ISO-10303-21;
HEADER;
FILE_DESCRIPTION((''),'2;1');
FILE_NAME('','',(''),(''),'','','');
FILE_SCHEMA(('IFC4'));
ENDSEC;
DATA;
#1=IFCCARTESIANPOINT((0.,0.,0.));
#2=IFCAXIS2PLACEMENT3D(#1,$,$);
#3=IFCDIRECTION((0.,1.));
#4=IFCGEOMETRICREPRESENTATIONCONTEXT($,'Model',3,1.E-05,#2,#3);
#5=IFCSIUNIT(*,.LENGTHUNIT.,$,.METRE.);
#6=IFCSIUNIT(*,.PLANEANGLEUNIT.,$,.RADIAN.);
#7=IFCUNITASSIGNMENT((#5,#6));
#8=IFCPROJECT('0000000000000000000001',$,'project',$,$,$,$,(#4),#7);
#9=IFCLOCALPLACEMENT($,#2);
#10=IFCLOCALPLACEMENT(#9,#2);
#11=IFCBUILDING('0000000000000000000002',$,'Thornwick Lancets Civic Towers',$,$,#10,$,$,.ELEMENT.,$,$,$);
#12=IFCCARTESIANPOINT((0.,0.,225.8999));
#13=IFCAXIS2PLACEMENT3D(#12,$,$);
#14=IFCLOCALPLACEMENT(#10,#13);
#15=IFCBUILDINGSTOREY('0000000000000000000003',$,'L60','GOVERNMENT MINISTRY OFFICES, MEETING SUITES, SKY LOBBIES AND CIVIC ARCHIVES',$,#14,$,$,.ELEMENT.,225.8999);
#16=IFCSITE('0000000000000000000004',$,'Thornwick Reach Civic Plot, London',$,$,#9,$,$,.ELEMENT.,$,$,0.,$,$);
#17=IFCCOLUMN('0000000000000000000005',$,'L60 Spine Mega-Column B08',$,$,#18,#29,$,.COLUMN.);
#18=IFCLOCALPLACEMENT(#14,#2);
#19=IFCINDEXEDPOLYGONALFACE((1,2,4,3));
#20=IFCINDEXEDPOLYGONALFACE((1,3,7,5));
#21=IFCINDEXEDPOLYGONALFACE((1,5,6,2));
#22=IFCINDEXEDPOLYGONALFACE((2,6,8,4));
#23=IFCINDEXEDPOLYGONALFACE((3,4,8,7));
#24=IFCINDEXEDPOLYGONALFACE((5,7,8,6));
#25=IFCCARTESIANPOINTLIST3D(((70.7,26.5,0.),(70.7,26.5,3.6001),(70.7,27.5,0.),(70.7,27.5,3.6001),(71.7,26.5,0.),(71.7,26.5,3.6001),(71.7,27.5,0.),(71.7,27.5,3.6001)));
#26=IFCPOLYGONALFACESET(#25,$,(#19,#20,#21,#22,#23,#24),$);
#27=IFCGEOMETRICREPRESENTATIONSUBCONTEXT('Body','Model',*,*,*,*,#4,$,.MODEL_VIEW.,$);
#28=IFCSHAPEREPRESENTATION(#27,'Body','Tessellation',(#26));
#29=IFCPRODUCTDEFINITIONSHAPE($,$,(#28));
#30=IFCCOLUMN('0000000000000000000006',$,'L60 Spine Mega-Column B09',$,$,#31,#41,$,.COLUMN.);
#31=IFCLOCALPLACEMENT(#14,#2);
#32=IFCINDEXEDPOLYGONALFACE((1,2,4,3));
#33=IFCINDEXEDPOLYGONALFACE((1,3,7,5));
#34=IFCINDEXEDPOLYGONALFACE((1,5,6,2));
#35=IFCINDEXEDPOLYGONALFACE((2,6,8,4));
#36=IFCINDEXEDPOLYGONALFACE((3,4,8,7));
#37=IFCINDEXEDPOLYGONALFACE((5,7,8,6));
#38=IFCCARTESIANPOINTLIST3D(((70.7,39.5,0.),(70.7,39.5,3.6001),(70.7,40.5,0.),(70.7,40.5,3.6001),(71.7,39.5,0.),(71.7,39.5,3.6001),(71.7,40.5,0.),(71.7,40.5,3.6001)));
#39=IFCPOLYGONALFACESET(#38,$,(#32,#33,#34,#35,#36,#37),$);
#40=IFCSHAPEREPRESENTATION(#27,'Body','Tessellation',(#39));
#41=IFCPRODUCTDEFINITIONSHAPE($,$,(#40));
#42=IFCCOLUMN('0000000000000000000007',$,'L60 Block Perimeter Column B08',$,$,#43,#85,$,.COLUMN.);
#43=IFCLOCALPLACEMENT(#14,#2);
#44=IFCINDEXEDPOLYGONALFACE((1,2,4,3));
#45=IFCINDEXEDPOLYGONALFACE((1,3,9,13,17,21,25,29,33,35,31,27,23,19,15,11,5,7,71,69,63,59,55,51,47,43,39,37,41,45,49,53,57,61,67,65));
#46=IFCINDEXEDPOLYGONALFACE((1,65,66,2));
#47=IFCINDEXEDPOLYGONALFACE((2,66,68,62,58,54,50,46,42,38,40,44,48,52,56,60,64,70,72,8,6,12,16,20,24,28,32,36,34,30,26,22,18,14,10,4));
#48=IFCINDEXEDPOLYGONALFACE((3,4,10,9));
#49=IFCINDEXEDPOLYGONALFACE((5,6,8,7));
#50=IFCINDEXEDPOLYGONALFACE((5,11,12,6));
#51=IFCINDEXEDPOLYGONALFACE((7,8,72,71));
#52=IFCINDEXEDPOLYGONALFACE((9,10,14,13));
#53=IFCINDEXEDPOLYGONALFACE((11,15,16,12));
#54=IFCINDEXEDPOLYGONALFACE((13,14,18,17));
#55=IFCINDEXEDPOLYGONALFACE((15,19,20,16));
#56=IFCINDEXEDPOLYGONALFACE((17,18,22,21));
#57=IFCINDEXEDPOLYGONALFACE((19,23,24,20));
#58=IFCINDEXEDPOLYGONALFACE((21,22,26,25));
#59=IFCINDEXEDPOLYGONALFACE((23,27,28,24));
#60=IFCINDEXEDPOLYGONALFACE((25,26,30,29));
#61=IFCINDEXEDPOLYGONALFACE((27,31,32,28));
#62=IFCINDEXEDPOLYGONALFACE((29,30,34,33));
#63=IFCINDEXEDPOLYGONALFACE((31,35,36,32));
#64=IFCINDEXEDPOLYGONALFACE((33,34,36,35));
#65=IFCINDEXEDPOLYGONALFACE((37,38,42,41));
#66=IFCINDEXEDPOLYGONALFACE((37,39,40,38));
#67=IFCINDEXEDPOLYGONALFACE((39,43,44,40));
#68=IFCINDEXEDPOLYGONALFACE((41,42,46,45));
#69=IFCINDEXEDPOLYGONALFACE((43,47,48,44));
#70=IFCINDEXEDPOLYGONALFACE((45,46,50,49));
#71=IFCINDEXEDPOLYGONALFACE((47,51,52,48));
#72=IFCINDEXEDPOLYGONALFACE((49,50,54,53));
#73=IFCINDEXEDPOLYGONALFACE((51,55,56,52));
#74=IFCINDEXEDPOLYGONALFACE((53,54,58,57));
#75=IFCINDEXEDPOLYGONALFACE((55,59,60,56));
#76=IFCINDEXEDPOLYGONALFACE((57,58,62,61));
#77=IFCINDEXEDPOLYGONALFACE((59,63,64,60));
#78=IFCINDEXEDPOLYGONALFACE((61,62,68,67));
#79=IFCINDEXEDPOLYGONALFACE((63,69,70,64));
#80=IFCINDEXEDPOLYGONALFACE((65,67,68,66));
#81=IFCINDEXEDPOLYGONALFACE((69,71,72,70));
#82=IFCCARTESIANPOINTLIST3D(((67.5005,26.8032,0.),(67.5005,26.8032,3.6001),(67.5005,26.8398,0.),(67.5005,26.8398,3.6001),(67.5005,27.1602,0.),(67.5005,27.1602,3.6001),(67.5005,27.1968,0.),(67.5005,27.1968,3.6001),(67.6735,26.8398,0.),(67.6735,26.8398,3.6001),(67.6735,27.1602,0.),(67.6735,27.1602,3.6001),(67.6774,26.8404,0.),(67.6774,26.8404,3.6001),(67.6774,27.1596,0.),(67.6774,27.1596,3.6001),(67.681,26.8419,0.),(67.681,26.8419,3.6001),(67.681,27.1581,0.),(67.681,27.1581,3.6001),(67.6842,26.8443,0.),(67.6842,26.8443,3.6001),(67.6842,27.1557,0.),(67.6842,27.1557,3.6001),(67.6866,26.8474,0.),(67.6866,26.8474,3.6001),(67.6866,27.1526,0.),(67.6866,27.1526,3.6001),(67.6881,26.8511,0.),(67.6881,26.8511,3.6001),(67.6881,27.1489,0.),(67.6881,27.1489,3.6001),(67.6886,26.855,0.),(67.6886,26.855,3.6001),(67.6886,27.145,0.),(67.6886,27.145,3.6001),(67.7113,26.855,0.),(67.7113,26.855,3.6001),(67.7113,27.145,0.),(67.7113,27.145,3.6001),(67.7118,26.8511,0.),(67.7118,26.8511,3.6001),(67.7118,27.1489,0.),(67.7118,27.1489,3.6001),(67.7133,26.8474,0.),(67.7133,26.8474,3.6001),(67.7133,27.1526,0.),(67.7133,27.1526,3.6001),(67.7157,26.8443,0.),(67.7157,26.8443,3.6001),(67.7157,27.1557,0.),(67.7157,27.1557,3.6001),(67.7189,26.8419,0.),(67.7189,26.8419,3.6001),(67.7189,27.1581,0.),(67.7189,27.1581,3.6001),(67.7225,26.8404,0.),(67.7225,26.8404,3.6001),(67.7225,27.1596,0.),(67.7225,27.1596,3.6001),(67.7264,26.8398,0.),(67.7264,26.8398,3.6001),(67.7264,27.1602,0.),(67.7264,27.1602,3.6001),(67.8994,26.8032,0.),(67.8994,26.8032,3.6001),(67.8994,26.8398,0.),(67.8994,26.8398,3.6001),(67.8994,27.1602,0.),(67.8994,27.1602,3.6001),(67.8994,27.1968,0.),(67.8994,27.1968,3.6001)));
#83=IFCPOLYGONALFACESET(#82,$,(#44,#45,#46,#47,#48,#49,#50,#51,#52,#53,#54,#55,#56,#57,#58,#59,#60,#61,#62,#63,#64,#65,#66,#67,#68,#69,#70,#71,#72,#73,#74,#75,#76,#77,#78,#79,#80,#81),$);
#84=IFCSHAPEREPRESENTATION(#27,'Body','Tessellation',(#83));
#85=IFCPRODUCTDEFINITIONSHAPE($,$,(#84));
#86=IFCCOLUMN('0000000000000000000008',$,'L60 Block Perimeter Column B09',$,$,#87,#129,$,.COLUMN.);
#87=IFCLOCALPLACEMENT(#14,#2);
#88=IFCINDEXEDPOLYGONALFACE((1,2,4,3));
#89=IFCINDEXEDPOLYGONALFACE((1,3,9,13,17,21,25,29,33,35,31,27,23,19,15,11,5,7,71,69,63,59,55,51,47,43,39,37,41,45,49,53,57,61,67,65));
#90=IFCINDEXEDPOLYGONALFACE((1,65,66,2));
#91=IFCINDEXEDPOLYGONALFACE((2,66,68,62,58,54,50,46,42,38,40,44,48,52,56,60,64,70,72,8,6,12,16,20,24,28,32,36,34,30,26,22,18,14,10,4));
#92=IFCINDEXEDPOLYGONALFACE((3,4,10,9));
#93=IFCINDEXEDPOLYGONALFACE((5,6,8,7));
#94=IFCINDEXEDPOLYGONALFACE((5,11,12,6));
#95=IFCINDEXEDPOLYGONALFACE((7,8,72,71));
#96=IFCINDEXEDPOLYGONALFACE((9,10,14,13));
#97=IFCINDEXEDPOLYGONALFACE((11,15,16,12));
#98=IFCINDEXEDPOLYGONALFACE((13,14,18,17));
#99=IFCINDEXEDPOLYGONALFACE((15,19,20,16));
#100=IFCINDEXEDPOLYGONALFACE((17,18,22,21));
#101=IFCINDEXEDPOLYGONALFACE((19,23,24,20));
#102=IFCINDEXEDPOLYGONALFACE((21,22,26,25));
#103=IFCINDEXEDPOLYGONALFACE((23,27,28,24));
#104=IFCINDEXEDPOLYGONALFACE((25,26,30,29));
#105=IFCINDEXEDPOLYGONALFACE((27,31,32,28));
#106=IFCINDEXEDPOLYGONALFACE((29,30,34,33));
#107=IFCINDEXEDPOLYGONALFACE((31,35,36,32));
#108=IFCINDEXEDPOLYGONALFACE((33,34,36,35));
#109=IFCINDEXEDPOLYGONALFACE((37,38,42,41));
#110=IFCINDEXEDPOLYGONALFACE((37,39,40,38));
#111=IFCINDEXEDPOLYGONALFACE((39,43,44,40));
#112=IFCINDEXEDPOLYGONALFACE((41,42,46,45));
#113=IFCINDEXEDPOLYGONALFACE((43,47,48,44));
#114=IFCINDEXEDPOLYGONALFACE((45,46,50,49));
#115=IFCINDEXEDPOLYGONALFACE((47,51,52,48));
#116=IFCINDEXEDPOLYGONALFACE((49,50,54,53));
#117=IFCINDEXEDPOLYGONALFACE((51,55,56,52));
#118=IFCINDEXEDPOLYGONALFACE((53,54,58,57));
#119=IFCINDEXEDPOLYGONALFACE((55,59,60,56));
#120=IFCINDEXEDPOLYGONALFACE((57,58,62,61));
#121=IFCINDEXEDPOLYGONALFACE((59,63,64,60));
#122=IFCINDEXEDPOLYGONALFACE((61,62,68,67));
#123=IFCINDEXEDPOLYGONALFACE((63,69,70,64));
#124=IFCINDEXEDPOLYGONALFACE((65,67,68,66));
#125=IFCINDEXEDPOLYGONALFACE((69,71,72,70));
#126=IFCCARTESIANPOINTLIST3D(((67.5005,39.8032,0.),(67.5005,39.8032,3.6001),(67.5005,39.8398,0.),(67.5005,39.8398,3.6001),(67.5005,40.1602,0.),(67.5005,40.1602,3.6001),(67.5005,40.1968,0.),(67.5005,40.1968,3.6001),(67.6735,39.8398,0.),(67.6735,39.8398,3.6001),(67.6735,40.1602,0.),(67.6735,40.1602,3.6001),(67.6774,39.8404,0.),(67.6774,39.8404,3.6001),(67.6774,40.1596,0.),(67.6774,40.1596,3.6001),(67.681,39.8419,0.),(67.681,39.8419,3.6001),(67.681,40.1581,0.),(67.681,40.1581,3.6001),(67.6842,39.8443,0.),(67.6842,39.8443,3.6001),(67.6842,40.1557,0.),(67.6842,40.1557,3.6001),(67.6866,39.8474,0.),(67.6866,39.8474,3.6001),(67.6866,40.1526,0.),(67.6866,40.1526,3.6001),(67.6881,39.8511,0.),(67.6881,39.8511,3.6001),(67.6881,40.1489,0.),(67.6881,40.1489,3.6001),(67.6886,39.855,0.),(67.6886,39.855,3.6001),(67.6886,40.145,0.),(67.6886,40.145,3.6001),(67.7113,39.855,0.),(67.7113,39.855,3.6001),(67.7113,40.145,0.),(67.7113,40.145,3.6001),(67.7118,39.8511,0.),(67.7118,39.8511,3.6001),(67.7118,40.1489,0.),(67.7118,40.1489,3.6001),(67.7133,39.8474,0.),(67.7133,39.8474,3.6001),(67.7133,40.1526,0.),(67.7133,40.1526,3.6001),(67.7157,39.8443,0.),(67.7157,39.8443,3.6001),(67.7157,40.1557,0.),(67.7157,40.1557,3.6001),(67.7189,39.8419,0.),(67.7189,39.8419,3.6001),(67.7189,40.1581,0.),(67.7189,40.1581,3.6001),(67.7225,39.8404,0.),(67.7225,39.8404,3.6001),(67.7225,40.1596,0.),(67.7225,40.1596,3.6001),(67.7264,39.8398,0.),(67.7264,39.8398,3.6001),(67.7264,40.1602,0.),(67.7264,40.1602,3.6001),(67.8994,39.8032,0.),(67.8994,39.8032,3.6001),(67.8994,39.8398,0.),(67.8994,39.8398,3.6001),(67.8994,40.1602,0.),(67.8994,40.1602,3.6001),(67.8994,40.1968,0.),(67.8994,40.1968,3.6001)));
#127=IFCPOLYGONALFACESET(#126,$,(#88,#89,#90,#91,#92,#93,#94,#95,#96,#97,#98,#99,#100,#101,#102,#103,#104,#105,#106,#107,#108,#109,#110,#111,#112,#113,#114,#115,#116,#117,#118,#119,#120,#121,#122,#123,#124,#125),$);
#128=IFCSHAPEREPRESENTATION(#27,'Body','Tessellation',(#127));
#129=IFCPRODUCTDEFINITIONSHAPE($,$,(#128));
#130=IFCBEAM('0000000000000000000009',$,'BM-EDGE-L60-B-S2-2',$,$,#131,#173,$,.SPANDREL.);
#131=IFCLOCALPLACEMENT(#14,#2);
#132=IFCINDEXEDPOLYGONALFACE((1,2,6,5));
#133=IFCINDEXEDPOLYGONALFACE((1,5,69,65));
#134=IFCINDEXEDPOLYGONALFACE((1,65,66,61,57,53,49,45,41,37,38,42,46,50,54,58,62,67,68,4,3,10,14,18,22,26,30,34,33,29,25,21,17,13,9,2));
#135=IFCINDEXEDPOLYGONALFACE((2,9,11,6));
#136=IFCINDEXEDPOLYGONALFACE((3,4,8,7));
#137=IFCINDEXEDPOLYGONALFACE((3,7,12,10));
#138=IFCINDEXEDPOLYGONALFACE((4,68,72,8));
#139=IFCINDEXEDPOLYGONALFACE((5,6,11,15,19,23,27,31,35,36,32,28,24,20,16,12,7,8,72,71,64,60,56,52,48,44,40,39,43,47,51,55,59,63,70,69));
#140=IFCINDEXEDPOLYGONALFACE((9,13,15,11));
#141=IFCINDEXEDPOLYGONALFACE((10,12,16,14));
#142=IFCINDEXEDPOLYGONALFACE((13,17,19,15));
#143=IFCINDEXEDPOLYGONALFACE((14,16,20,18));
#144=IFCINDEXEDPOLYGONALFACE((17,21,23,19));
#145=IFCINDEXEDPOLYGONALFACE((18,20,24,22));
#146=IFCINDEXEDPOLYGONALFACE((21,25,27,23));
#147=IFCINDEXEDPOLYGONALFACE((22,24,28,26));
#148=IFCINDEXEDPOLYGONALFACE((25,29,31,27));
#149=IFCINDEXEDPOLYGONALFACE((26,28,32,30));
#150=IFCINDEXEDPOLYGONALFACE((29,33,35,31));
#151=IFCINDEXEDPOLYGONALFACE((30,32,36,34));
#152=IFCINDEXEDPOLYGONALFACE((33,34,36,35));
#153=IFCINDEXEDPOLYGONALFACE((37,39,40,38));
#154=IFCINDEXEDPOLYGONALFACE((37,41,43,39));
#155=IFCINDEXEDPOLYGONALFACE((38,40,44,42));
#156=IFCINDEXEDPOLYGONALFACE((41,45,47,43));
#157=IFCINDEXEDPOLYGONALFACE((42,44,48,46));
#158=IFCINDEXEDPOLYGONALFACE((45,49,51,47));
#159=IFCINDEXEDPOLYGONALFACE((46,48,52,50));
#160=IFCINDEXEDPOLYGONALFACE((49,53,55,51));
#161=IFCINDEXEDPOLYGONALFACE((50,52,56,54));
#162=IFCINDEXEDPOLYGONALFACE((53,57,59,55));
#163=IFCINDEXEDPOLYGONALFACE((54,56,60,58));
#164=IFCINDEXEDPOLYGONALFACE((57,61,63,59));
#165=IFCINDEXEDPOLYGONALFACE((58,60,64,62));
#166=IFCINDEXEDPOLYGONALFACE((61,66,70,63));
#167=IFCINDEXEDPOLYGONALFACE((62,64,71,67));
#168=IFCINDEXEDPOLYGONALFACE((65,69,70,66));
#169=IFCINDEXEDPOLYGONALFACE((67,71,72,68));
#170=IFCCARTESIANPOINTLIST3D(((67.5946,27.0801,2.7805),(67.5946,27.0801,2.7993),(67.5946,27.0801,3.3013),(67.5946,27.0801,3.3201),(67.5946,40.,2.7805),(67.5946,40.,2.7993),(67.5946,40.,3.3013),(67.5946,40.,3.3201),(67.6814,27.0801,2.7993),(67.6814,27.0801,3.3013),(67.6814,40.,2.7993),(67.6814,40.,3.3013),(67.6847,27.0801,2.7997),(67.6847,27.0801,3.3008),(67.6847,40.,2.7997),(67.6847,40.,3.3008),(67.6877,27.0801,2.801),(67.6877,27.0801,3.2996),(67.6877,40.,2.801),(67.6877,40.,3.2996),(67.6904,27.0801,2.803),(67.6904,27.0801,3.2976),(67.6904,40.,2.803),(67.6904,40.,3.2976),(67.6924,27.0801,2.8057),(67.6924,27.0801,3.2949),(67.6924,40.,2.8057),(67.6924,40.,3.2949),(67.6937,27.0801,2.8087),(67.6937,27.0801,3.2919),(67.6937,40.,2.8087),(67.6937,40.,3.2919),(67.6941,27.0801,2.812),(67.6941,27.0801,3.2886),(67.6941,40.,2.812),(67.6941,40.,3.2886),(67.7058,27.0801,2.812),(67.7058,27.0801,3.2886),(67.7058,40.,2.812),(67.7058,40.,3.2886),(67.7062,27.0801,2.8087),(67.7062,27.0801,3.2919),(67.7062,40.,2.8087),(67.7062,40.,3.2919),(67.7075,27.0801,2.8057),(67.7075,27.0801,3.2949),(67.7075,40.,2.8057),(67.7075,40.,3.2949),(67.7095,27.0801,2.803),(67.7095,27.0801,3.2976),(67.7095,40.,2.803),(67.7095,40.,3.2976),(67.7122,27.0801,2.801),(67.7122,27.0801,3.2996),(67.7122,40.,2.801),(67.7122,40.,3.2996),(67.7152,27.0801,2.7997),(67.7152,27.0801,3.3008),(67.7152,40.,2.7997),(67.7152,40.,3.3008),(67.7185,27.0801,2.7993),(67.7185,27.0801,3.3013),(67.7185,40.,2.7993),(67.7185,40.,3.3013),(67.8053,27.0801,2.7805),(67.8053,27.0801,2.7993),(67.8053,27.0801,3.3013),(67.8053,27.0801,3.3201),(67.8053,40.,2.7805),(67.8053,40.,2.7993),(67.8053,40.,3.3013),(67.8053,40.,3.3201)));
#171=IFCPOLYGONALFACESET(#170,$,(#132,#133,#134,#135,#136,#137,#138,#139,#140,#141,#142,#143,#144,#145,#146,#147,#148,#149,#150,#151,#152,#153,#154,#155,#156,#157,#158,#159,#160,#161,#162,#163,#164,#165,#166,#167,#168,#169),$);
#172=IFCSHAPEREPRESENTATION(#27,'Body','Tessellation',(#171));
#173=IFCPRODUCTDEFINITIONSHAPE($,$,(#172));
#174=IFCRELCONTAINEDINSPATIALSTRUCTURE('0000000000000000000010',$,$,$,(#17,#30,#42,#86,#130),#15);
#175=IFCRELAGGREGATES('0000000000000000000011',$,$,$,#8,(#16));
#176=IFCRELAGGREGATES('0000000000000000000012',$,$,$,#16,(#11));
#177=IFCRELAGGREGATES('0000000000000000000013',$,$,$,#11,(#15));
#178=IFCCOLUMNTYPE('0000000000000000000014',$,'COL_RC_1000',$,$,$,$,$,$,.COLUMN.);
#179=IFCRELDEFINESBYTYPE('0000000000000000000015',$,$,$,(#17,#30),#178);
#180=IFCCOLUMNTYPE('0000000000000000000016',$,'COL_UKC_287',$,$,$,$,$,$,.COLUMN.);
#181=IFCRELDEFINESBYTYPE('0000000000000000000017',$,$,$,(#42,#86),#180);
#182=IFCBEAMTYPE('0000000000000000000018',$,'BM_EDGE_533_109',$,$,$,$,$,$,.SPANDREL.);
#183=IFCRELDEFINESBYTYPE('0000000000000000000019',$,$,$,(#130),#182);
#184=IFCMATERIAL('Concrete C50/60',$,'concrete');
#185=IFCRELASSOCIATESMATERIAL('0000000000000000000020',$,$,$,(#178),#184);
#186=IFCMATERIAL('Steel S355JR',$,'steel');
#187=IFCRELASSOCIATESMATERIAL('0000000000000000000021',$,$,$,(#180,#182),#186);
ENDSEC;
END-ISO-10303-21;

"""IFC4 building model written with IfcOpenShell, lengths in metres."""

from ifc_helpers import new_model, si_unit, direction, frame, origin, origin_2d, place, context, subcontext, project, spatial, rectangle, i_section, extrude, material, material_profile, profile_set, type_object, element, save


model = new_model("IFC4")

# Units and contexts
model_context = context("Model", 3, precision=1e-05, world=origin(), true_north=direction((0.0, 1.0)))
body_context = subcontext(model_context, "Body", "Model", "MODEL_VIEW")
ifc_project = project(units=[si_unit("LENGTHUNIT", "METRE"), si_unit("PLANEANGLEUNIT", "RADIAN")], contexts=[model_context])

# Site, building, storey
site_placement = place(None, origin())
site = spatial("IfcSite", under=ifc_project, at=site_placement, Name="Thornwick Reach Civic Plot, London", CompositionType="ELEMENT", RefElevation=0.0)
building_placement = place(site_placement, origin())
building = spatial("IfcBuilding", under=site, at=building_placement, Name="Thornwick Lancets Civic Towers", CompositionType="ELEMENT")
storey_placement = place(building_placement, frame((0.0, 0.0, 225.8999)))
storey = spatial("IfcBuildingStorey", under=building, at=storey_placement, Name="L60", Description="GOVERNMENT MINISTRY OFFICES, MEETING SUITES, SKY LOBBIES AND CIVIC ARCHIVES", CompositionType="ELEMENT", Elevation=225.8999)

# Columns
ifc_material_1 = material(Name="Concrete C50/60", Category="concrete")
ifc_material_profile_1 = material_profile(ifc_material_1, rectangle(XDim=1.0, YDim=1.0, at=origin_2d()), Name="RC 1000x1000")
ifc_profile_set_1 = profile_set([ifc_material_profile_1], Name="Concrete C50/60")
column_type_1 = type_object("IfcColumnType", Name="COL_RC_1000", PredefinedType="COLUMN", material=ifc_profile_set_1)
for number, where, z_axis, x_axis, name in (
    (1, (71.2, 27.0, 0.0), (0.0, 0.0, 1.0), (1.0, 0.0, 0.0), "L60 Spine Mega-Column B08"),
    (2, (71.2, 40.0, 0.0), (0.0, 0.0, 1.0), (1.0, 0.0, 0.0), "L60 Spine Mega-Column B09"),
):
    element("IfcColumn", number, at=place(storey_placement, frame(where, z_axis=z_axis, x_axis=x_axis)), inside=storey, type_object=column_type_1, Name=name, PredefinedType="COLUMN", context=body_context, shape_type="SweptSolid", body=[
        extrude(rectangle(XDim=1.0, YDim=1.0, at=origin_2d()), origin(), (0.0, 0.0, 1.0), 3.6001),
    ])
ifc_material_2 = material(Name="Steel S355JR", Category="steel")
ifc_material_profile_2 = material_profile(ifc_material_2, i_section(OverallWidth=0.3989, OverallDepth=0.3936, WebThickness=0.0227, FlangeThickness=0.0366, FilletRadius=0.0151, at=origin_2d()), Name="UKC 356x406x287")
ifc_profile_set_2 = profile_set([ifc_material_profile_2], Name="Steel S355JR")
column_type_2 = type_object("IfcColumnType", Name="COL_UKC_287", PredefinedType="COLUMN", material=ifc_profile_set_2)
for number, where, z_axis, x_axis, name in (
    (3, (67.7, 27.0, 0.0), (0.0, 0.0, 1.0), (1.0, 0.0, 0.0), "L60 Block Perimeter Column B08"),
    (4, (67.7, 40.0, 0.0), (0.0, 0.0, 1.0), (1.0, 0.0, 0.0), "L60 Block Perimeter Column B09"),
):
    element("IfcColumn", number, at=place(storey_placement, frame(where, z_axis=z_axis, x_axis=x_axis)), inside=storey, type_object=column_type_2, Name=name, PredefinedType="COLUMN", context=body_context, shape_type="SweptSolid", body=[
        extrude(i_section(OverallWidth=0.3989, OverallDepth=0.3936, WebThickness=0.0227, FlangeThickness=0.0366, FilletRadius=0.0151, at=origin_2d()), origin(), (0.0, 0.0, 1.0), 3.6001),
    ])

# Beam
ifc_material_profile_3 = material_profile(ifc_material_2, i_section(OverallWidth=0.2107, OverallDepth=0.5396, WebThickness=0.0117, FlangeThickness=0.0188, FilletRadius=0.0127, at=origin_2d()), Name="UKB 533x210x109")
ifc_profile_set_3 = profile_set([ifc_material_profile_3], Name="Steel S355JR")
beam_type_1 = type_object("IfcBeamType", Name="BM_EDGE_533_109", PredefinedType="SPANDREL", material=ifc_profile_set_3)
beam_1_placement = place(storey_placement, frame((67.7, 27.0801, 3.0503), z_axis=(0.0, 1.0, 0.0), x_axis=(-1.0, 0.0, 0.0)))
element("IfcBeam", 5, at=beam_1_placement, inside=storey, type_object=beam_type_1, Name="BM-EDGE-L60-B-S2-2", PredefinedType="SPANDREL", context=body_context, shape_type="SweptSolid", body=[
    extrude(i_section(OverallWidth=0.2107, OverallDepth=0.5396, WebThickness=0.0117, FlangeThickness=0.0188, FilletRadius=0.0127, at=origin_2d()), origin(), (0.0, 0.0, 1.0), 12.9199),
])

save(model, "model.ifc")
